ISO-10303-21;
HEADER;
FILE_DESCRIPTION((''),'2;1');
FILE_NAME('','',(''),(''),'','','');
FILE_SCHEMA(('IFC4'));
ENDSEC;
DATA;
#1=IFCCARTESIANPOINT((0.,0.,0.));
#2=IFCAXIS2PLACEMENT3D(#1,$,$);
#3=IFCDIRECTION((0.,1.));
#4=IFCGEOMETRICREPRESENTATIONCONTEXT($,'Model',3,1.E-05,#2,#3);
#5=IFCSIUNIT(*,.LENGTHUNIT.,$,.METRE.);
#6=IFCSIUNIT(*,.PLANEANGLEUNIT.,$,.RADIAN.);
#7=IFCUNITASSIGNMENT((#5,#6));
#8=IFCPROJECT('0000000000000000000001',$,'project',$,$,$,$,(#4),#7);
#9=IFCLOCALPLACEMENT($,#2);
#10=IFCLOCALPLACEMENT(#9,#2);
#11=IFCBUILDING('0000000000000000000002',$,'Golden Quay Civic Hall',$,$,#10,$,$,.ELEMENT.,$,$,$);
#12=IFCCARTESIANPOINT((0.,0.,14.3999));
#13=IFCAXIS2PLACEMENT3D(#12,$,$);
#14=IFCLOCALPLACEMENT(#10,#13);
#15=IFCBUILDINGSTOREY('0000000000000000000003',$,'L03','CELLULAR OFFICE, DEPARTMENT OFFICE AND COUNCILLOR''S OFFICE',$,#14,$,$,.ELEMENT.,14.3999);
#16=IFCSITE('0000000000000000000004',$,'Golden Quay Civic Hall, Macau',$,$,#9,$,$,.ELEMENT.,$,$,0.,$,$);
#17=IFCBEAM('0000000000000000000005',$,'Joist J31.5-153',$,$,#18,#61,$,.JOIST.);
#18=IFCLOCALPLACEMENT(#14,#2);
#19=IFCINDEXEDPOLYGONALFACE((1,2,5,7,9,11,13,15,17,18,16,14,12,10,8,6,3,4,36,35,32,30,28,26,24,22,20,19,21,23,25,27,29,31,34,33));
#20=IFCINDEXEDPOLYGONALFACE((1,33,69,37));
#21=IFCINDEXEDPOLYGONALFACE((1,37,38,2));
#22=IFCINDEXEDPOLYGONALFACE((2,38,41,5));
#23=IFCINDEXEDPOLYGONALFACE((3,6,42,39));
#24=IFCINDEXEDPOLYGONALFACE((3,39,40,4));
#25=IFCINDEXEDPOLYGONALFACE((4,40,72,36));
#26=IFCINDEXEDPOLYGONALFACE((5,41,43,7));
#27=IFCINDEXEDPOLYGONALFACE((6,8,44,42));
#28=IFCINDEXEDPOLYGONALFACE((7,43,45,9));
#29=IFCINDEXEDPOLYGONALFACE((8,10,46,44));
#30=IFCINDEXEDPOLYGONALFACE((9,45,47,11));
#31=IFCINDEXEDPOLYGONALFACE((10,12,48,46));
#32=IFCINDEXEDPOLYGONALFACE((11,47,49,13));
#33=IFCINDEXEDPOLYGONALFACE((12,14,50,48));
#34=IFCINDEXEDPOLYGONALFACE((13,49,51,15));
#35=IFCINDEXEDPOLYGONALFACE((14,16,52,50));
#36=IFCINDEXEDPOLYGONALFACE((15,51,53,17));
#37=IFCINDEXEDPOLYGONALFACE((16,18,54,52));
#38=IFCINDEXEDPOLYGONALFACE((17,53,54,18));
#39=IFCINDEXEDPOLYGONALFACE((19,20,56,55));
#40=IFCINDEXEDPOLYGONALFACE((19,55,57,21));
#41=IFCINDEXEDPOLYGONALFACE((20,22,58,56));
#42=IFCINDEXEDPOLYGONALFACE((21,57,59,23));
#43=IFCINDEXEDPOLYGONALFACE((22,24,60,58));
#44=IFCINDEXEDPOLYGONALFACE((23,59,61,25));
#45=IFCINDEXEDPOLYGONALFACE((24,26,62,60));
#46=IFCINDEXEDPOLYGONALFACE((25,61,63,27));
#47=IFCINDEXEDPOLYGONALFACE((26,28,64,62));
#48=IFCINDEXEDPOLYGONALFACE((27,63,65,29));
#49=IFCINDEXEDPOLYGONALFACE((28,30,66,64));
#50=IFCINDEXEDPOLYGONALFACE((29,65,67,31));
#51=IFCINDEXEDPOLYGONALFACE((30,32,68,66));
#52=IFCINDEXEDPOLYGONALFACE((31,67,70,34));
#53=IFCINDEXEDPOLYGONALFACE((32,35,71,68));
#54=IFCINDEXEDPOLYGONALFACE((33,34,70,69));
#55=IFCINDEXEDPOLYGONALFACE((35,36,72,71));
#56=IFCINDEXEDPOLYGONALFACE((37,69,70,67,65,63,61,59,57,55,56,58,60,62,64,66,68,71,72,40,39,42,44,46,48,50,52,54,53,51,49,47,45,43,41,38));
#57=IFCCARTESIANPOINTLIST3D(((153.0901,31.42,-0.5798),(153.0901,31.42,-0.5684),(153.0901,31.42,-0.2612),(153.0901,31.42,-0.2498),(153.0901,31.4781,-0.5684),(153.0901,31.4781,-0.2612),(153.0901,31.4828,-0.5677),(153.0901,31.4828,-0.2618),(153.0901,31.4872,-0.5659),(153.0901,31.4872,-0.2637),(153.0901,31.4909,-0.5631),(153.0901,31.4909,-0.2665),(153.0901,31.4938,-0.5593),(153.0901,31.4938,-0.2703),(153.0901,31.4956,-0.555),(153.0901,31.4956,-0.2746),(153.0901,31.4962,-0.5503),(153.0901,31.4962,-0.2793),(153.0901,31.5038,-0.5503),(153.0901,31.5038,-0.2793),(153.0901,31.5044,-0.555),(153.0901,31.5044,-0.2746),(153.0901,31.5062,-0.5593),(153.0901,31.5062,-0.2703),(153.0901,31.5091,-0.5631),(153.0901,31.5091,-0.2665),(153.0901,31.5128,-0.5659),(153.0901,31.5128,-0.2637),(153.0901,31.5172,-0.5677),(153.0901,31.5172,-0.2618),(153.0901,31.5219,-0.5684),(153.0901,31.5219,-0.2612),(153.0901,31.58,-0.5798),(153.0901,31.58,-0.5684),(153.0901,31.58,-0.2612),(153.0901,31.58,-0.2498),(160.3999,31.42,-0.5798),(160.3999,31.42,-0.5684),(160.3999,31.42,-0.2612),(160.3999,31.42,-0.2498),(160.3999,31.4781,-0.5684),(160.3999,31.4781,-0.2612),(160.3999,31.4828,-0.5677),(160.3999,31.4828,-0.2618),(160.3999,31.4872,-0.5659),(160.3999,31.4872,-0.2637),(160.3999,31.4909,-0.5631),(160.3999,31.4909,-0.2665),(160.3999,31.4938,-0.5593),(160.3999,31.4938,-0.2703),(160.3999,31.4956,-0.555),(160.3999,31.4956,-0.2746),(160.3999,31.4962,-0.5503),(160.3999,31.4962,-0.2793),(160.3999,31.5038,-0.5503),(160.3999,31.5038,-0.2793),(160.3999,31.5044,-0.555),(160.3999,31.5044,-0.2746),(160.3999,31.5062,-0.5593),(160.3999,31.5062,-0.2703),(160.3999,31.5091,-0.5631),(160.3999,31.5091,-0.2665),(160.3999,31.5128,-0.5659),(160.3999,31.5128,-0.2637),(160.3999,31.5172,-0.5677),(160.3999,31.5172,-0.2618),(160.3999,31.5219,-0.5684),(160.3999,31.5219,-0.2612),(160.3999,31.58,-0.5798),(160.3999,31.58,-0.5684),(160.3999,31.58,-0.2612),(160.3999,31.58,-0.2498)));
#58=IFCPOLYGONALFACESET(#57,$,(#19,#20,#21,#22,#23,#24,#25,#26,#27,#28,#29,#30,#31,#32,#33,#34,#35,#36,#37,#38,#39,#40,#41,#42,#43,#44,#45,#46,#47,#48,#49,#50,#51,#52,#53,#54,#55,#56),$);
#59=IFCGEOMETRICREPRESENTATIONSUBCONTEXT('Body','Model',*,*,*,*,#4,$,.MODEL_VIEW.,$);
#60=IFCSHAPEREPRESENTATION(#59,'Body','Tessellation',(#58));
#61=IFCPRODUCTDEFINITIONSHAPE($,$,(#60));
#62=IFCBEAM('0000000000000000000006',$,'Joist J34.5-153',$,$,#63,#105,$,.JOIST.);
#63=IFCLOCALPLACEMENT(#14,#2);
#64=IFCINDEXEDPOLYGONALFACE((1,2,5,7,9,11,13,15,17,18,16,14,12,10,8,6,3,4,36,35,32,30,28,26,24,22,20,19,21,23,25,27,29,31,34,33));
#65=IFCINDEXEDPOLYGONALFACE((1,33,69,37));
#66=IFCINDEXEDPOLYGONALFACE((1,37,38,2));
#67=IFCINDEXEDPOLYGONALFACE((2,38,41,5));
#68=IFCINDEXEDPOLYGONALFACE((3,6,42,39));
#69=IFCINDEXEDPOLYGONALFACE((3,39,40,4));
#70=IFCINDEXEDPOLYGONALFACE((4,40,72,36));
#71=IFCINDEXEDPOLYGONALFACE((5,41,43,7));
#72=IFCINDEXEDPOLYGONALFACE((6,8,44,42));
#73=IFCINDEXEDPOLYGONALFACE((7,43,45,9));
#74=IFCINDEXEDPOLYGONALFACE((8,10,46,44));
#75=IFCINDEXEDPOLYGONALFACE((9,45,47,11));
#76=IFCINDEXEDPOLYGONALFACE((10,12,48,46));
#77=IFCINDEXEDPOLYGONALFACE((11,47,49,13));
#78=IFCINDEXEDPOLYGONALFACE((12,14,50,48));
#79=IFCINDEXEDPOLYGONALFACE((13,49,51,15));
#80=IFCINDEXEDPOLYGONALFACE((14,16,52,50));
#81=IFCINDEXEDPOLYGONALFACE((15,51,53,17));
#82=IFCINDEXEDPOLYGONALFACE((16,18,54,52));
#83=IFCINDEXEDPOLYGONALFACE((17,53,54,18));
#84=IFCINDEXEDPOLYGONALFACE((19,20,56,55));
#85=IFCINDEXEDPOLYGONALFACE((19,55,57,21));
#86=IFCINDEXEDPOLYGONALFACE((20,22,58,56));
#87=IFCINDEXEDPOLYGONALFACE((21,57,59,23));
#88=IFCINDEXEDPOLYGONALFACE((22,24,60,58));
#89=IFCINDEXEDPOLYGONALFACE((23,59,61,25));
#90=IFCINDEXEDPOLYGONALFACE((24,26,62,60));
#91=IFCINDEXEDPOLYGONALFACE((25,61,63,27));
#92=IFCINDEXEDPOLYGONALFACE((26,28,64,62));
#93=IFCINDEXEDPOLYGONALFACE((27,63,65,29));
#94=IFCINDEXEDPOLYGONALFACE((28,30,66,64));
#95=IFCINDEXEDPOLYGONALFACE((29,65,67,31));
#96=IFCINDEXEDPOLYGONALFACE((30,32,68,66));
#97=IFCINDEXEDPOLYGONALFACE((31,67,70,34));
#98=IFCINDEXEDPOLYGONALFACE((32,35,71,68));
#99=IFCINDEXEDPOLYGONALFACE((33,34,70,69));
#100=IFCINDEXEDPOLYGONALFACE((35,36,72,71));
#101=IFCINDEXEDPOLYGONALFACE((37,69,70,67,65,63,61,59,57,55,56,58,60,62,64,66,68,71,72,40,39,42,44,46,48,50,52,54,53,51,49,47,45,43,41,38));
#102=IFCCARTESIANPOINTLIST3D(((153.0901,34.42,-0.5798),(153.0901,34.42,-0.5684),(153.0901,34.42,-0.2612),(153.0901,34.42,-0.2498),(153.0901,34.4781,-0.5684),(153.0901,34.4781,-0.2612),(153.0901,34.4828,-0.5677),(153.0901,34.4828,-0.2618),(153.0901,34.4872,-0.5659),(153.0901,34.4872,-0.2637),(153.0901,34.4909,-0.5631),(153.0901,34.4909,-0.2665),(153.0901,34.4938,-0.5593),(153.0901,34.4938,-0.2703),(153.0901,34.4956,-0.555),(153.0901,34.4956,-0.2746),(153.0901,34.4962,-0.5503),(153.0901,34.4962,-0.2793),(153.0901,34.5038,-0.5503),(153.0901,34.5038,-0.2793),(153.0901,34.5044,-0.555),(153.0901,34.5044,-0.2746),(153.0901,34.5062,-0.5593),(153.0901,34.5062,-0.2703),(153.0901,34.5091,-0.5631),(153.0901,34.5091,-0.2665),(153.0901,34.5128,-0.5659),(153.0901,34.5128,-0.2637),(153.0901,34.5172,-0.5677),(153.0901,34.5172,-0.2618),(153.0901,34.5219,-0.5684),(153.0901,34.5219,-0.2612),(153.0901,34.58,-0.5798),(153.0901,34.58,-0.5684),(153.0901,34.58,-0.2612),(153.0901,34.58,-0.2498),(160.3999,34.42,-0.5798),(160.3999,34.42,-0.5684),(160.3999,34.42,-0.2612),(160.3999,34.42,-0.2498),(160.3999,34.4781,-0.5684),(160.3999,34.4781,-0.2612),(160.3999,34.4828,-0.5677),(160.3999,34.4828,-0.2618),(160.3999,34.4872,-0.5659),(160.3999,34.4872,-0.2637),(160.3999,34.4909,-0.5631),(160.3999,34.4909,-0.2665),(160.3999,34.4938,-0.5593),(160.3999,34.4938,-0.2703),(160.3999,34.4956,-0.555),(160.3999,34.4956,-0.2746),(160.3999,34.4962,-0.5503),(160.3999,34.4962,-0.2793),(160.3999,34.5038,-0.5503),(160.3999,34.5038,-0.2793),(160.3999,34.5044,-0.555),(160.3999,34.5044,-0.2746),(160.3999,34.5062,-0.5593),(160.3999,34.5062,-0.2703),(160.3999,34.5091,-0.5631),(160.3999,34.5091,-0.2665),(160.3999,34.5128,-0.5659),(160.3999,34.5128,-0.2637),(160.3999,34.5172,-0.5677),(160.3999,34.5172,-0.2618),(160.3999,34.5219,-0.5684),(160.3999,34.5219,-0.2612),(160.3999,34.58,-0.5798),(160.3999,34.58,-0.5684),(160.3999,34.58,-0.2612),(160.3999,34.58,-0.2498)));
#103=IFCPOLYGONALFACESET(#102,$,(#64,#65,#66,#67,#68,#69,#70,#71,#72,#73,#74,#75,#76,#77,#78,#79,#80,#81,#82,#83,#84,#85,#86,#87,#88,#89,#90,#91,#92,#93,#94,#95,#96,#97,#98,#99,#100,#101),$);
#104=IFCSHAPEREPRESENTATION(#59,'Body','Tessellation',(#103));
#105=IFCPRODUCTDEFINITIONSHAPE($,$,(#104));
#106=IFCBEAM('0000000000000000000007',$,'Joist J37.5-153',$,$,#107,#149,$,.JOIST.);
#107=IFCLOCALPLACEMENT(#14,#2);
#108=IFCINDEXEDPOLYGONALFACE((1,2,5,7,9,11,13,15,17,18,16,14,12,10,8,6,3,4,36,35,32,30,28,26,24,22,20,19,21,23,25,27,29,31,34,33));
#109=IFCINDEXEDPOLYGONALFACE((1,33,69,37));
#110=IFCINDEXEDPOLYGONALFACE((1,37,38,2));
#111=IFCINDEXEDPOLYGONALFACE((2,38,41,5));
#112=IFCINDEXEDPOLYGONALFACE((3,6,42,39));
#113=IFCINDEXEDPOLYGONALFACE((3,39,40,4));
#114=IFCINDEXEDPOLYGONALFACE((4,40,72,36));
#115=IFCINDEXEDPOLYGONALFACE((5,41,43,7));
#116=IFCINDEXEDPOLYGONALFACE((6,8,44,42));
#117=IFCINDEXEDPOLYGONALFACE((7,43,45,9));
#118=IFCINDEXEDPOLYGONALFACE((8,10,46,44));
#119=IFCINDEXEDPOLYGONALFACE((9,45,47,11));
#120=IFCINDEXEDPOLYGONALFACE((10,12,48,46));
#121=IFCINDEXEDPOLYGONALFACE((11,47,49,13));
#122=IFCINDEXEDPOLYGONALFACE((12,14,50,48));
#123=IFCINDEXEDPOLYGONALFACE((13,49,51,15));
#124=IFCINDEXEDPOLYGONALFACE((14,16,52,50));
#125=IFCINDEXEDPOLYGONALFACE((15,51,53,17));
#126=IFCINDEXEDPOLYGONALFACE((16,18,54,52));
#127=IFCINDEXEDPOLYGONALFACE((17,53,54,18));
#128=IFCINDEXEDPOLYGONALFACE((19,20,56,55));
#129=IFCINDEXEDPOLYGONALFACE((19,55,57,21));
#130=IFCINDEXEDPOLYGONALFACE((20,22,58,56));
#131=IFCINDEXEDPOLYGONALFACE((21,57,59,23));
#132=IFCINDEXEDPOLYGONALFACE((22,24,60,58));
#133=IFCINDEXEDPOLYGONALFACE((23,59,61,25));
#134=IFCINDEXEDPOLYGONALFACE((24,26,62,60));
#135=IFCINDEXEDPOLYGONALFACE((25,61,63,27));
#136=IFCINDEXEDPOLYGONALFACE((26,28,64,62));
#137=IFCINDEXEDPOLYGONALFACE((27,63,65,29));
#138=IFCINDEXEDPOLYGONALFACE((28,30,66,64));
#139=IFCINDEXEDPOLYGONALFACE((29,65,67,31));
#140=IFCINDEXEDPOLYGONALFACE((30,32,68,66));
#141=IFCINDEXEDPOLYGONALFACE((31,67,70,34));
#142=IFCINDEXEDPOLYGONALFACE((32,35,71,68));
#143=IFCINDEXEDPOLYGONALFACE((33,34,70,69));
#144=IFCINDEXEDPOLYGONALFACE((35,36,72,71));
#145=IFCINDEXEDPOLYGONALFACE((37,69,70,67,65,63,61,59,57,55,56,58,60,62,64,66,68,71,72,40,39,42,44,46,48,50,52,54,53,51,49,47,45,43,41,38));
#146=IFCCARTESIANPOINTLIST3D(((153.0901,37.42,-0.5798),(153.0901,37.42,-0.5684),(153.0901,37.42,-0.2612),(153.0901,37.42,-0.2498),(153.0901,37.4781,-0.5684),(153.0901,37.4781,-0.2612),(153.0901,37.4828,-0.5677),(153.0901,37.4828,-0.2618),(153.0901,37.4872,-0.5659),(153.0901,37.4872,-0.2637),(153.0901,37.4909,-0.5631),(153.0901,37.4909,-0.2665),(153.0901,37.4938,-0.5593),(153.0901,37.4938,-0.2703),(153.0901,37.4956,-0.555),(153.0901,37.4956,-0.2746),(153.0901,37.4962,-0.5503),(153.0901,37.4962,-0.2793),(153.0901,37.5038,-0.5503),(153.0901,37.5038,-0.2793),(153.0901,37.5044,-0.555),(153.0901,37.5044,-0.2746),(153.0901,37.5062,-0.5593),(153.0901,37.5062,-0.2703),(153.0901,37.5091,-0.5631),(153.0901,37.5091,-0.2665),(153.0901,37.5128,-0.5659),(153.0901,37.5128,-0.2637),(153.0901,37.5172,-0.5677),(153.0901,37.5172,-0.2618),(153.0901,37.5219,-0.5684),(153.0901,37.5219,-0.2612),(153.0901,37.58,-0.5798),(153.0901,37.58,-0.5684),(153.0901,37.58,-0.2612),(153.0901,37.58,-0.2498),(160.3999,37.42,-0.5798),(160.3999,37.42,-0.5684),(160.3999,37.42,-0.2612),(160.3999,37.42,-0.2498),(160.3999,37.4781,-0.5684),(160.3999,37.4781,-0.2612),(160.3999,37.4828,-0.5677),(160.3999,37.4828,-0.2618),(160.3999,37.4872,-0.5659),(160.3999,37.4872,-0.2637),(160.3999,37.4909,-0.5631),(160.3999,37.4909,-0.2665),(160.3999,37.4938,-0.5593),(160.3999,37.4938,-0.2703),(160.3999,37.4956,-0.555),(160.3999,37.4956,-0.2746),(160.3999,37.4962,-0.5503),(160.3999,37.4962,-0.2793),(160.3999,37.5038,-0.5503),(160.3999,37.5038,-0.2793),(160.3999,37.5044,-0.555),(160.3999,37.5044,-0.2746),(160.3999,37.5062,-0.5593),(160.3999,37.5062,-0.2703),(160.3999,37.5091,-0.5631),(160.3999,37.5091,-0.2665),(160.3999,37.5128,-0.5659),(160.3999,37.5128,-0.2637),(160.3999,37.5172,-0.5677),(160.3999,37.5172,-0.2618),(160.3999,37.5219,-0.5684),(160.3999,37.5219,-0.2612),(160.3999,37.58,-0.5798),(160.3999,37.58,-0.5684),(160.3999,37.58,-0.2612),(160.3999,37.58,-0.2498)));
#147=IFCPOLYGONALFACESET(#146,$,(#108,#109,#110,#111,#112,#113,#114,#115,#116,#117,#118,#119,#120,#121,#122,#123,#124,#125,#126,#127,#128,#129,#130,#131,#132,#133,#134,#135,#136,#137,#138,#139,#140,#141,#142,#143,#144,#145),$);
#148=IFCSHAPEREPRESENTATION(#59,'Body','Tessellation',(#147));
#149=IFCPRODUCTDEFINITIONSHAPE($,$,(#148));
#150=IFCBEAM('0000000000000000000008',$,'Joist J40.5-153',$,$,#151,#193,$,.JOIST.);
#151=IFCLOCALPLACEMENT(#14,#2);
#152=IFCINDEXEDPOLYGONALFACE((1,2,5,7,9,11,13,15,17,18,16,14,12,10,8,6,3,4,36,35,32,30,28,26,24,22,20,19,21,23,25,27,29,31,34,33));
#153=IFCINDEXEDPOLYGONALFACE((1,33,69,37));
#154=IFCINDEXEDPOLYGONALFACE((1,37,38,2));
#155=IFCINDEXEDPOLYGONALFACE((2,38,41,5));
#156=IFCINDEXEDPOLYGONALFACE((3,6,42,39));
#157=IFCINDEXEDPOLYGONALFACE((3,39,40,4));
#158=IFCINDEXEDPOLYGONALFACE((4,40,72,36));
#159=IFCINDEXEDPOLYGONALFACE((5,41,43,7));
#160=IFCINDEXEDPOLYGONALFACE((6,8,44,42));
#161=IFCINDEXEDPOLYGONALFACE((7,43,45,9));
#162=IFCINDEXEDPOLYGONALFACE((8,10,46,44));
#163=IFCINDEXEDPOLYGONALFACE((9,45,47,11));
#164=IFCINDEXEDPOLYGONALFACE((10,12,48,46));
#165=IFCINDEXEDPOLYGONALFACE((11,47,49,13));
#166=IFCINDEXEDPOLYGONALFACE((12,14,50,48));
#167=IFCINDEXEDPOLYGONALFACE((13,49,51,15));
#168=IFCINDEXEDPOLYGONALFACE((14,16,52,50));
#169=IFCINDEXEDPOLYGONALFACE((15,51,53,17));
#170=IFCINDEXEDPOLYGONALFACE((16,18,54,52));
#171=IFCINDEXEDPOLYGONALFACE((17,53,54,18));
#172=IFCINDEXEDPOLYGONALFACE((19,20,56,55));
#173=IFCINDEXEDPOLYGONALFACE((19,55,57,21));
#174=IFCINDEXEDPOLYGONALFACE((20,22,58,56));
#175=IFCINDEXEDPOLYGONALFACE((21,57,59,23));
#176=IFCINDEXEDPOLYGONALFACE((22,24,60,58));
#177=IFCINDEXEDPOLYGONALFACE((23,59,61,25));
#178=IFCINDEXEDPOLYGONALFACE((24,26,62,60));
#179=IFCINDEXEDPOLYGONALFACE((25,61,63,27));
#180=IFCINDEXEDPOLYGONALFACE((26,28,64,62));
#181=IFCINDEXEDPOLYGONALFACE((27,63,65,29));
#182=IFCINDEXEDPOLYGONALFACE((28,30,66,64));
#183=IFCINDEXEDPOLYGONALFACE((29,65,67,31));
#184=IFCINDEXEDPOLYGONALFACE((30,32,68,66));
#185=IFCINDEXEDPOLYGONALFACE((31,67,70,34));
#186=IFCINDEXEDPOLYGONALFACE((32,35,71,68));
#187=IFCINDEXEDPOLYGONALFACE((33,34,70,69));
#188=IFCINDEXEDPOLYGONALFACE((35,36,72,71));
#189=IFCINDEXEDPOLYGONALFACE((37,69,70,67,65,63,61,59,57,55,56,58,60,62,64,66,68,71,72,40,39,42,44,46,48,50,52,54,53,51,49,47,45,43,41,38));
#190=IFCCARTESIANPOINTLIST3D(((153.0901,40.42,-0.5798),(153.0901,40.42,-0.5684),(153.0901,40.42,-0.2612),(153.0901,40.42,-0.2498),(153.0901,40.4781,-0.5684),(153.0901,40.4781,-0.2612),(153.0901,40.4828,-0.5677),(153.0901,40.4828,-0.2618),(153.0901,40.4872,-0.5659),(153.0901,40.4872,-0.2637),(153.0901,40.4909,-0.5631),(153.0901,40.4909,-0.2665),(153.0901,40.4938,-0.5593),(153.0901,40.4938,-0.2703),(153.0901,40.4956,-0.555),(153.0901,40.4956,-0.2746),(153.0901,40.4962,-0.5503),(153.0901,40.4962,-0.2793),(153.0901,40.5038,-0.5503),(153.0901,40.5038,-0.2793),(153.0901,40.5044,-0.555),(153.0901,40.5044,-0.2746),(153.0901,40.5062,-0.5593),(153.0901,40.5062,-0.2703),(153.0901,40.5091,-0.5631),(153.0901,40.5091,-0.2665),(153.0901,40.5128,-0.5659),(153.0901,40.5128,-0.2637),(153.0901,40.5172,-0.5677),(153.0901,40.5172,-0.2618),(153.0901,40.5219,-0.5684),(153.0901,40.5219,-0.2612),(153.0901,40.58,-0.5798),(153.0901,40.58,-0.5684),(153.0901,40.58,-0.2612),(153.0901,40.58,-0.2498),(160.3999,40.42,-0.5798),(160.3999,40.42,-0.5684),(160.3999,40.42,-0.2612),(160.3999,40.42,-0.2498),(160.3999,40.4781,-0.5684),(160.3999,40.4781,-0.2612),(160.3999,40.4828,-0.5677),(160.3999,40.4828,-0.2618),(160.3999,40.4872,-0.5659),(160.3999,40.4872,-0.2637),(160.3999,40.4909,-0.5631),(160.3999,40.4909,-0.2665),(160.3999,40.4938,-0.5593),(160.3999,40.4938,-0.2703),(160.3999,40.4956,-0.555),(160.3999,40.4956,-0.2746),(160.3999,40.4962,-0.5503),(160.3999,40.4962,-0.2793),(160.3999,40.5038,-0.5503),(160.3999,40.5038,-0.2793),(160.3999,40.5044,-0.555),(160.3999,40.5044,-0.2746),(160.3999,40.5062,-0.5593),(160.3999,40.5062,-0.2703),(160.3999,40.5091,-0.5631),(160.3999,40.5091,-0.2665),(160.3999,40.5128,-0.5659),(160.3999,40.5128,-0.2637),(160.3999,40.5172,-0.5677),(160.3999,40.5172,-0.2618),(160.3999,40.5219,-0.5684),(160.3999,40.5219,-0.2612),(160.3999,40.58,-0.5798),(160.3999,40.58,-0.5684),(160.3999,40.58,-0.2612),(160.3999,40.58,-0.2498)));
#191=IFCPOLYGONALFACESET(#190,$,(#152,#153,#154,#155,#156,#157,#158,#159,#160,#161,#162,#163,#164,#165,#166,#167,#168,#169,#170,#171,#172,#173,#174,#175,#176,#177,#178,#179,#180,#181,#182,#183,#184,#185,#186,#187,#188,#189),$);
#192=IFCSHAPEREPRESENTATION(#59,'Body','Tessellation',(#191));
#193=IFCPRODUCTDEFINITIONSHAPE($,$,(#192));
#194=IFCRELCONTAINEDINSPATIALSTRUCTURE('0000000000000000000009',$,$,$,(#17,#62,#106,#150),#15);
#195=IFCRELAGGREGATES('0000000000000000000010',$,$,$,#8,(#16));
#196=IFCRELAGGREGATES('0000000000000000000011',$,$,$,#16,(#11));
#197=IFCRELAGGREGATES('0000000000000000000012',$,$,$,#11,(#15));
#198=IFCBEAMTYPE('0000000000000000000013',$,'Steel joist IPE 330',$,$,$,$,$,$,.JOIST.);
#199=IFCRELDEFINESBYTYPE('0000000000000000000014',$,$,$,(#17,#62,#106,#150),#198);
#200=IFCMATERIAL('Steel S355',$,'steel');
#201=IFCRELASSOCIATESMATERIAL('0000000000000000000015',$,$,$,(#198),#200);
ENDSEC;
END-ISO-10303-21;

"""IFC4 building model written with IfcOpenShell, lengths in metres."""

from ifc_helpers import new_model, si_unit, direction, frame, origin, origin_2d, place, context, subcontext, project, spatial, i_section, extrude, material, material_profile, profile_set, type_object, element, save


model = new_model("IFC4")

# Units and contexts
model_context = context("Model", 3, precision=1e-05, world=origin(), true_north=direction((0.0, 1.0)))
body_context = subcontext(model_context, "Body", "Model", "MODEL_VIEW")
ifc_project = project(units=[si_unit("LENGTHUNIT", "METRE"), si_unit("PLANEANGLEUNIT", "RADIAN")], contexts=[model_context])

# Site, building, storey
site_placement = place(None, origin())
site = spatial("IfcSite", under=ifc_project, at=site_placement, Name="Golden Quay Civic Hall, Macau", CompositionType="ELEMENT", RefElevation=0.0)
building_placement = place(site_placement, origin())
building = spatial("IfcBuilding", under=site, at=building_placement, Name="Golden Quay Civic Hall", CompositionType="ELEMENT")
storey_placement = place(building_placement, frame((0.0, 0.0, 14.3999)))
storey = spatial("IfcBuildingStorey", under=building, at=storey_placement, Name="L03", Description="CELLULAR OFFICE, DEPARTMENT OFFICE AND COUNCILLOR'S OFFICE", CompositionType="ELEMENT", Elevation=14.3999)

# Beams
ifc_material_1 = material(Name="Steel S355", Category="steel")
ifc_material_profile_1 = material_profile(ifc_material_1, i_section(OverallWidth=0.1599, OverallDepth=0.3301, WebThickness=0.0076, FlangeThickness=0.0115, FilletRadius=0.0181, at=origin_2d()), Name="IPE 330")
ifc_profile_set_1 = profile_set([ifc_material_profile_1], Name="Steel S355")
beam_type_1 = type_object("IfcBeamType", Name="Steel joist IPE 330", PredefinedType="JOIST", material=ifc_profile_set_1)
for number, where, z_axis, x_axis, name in (
    (1, (153.0901, 31.5, -0.4148), (1.0, 0.0, 0.0), (0.0, 1.0, 0.0), "Joist J31.5-153"),
    (2, (153.0901, 34.5, -0.4148), (1.0, 0.0, 0.0), (0.0, 1.0, 0.0), "Joist J34.5-153"),
    (3, (153.0901, 37.5, -0.4148), (1.0, 0.0, 0.0), (0.0, 1.0, 0.0), "Joist J37.5-153"),
    (4, (153.0901, 40.5, -0.4148), (1.0, 0.0, 0.0), (0.0, 1.0, 0.0), "Joist J40.5-153"),
):
    element("IfcBeam", number, at=place(storey_placement, frame(where, z_axis=z_axis, x_axis=x_axis)), inside=storey, type_object=beam_type_1, Name=name, PredefinedType="JOIST", context=body_context, shape_type="SweptSolid", body=[
        extrude(i_section(OverallWidth=0.1599, OverallDepth=0.3301, WebThickness=0.0076, FlangeThickness=0.0115, FilletRadius=0.0181, at=origin_2d()), origin(), (0.0, 0.0, 1.0), 7.3098),
    ])

save(model, "model.ifc")
